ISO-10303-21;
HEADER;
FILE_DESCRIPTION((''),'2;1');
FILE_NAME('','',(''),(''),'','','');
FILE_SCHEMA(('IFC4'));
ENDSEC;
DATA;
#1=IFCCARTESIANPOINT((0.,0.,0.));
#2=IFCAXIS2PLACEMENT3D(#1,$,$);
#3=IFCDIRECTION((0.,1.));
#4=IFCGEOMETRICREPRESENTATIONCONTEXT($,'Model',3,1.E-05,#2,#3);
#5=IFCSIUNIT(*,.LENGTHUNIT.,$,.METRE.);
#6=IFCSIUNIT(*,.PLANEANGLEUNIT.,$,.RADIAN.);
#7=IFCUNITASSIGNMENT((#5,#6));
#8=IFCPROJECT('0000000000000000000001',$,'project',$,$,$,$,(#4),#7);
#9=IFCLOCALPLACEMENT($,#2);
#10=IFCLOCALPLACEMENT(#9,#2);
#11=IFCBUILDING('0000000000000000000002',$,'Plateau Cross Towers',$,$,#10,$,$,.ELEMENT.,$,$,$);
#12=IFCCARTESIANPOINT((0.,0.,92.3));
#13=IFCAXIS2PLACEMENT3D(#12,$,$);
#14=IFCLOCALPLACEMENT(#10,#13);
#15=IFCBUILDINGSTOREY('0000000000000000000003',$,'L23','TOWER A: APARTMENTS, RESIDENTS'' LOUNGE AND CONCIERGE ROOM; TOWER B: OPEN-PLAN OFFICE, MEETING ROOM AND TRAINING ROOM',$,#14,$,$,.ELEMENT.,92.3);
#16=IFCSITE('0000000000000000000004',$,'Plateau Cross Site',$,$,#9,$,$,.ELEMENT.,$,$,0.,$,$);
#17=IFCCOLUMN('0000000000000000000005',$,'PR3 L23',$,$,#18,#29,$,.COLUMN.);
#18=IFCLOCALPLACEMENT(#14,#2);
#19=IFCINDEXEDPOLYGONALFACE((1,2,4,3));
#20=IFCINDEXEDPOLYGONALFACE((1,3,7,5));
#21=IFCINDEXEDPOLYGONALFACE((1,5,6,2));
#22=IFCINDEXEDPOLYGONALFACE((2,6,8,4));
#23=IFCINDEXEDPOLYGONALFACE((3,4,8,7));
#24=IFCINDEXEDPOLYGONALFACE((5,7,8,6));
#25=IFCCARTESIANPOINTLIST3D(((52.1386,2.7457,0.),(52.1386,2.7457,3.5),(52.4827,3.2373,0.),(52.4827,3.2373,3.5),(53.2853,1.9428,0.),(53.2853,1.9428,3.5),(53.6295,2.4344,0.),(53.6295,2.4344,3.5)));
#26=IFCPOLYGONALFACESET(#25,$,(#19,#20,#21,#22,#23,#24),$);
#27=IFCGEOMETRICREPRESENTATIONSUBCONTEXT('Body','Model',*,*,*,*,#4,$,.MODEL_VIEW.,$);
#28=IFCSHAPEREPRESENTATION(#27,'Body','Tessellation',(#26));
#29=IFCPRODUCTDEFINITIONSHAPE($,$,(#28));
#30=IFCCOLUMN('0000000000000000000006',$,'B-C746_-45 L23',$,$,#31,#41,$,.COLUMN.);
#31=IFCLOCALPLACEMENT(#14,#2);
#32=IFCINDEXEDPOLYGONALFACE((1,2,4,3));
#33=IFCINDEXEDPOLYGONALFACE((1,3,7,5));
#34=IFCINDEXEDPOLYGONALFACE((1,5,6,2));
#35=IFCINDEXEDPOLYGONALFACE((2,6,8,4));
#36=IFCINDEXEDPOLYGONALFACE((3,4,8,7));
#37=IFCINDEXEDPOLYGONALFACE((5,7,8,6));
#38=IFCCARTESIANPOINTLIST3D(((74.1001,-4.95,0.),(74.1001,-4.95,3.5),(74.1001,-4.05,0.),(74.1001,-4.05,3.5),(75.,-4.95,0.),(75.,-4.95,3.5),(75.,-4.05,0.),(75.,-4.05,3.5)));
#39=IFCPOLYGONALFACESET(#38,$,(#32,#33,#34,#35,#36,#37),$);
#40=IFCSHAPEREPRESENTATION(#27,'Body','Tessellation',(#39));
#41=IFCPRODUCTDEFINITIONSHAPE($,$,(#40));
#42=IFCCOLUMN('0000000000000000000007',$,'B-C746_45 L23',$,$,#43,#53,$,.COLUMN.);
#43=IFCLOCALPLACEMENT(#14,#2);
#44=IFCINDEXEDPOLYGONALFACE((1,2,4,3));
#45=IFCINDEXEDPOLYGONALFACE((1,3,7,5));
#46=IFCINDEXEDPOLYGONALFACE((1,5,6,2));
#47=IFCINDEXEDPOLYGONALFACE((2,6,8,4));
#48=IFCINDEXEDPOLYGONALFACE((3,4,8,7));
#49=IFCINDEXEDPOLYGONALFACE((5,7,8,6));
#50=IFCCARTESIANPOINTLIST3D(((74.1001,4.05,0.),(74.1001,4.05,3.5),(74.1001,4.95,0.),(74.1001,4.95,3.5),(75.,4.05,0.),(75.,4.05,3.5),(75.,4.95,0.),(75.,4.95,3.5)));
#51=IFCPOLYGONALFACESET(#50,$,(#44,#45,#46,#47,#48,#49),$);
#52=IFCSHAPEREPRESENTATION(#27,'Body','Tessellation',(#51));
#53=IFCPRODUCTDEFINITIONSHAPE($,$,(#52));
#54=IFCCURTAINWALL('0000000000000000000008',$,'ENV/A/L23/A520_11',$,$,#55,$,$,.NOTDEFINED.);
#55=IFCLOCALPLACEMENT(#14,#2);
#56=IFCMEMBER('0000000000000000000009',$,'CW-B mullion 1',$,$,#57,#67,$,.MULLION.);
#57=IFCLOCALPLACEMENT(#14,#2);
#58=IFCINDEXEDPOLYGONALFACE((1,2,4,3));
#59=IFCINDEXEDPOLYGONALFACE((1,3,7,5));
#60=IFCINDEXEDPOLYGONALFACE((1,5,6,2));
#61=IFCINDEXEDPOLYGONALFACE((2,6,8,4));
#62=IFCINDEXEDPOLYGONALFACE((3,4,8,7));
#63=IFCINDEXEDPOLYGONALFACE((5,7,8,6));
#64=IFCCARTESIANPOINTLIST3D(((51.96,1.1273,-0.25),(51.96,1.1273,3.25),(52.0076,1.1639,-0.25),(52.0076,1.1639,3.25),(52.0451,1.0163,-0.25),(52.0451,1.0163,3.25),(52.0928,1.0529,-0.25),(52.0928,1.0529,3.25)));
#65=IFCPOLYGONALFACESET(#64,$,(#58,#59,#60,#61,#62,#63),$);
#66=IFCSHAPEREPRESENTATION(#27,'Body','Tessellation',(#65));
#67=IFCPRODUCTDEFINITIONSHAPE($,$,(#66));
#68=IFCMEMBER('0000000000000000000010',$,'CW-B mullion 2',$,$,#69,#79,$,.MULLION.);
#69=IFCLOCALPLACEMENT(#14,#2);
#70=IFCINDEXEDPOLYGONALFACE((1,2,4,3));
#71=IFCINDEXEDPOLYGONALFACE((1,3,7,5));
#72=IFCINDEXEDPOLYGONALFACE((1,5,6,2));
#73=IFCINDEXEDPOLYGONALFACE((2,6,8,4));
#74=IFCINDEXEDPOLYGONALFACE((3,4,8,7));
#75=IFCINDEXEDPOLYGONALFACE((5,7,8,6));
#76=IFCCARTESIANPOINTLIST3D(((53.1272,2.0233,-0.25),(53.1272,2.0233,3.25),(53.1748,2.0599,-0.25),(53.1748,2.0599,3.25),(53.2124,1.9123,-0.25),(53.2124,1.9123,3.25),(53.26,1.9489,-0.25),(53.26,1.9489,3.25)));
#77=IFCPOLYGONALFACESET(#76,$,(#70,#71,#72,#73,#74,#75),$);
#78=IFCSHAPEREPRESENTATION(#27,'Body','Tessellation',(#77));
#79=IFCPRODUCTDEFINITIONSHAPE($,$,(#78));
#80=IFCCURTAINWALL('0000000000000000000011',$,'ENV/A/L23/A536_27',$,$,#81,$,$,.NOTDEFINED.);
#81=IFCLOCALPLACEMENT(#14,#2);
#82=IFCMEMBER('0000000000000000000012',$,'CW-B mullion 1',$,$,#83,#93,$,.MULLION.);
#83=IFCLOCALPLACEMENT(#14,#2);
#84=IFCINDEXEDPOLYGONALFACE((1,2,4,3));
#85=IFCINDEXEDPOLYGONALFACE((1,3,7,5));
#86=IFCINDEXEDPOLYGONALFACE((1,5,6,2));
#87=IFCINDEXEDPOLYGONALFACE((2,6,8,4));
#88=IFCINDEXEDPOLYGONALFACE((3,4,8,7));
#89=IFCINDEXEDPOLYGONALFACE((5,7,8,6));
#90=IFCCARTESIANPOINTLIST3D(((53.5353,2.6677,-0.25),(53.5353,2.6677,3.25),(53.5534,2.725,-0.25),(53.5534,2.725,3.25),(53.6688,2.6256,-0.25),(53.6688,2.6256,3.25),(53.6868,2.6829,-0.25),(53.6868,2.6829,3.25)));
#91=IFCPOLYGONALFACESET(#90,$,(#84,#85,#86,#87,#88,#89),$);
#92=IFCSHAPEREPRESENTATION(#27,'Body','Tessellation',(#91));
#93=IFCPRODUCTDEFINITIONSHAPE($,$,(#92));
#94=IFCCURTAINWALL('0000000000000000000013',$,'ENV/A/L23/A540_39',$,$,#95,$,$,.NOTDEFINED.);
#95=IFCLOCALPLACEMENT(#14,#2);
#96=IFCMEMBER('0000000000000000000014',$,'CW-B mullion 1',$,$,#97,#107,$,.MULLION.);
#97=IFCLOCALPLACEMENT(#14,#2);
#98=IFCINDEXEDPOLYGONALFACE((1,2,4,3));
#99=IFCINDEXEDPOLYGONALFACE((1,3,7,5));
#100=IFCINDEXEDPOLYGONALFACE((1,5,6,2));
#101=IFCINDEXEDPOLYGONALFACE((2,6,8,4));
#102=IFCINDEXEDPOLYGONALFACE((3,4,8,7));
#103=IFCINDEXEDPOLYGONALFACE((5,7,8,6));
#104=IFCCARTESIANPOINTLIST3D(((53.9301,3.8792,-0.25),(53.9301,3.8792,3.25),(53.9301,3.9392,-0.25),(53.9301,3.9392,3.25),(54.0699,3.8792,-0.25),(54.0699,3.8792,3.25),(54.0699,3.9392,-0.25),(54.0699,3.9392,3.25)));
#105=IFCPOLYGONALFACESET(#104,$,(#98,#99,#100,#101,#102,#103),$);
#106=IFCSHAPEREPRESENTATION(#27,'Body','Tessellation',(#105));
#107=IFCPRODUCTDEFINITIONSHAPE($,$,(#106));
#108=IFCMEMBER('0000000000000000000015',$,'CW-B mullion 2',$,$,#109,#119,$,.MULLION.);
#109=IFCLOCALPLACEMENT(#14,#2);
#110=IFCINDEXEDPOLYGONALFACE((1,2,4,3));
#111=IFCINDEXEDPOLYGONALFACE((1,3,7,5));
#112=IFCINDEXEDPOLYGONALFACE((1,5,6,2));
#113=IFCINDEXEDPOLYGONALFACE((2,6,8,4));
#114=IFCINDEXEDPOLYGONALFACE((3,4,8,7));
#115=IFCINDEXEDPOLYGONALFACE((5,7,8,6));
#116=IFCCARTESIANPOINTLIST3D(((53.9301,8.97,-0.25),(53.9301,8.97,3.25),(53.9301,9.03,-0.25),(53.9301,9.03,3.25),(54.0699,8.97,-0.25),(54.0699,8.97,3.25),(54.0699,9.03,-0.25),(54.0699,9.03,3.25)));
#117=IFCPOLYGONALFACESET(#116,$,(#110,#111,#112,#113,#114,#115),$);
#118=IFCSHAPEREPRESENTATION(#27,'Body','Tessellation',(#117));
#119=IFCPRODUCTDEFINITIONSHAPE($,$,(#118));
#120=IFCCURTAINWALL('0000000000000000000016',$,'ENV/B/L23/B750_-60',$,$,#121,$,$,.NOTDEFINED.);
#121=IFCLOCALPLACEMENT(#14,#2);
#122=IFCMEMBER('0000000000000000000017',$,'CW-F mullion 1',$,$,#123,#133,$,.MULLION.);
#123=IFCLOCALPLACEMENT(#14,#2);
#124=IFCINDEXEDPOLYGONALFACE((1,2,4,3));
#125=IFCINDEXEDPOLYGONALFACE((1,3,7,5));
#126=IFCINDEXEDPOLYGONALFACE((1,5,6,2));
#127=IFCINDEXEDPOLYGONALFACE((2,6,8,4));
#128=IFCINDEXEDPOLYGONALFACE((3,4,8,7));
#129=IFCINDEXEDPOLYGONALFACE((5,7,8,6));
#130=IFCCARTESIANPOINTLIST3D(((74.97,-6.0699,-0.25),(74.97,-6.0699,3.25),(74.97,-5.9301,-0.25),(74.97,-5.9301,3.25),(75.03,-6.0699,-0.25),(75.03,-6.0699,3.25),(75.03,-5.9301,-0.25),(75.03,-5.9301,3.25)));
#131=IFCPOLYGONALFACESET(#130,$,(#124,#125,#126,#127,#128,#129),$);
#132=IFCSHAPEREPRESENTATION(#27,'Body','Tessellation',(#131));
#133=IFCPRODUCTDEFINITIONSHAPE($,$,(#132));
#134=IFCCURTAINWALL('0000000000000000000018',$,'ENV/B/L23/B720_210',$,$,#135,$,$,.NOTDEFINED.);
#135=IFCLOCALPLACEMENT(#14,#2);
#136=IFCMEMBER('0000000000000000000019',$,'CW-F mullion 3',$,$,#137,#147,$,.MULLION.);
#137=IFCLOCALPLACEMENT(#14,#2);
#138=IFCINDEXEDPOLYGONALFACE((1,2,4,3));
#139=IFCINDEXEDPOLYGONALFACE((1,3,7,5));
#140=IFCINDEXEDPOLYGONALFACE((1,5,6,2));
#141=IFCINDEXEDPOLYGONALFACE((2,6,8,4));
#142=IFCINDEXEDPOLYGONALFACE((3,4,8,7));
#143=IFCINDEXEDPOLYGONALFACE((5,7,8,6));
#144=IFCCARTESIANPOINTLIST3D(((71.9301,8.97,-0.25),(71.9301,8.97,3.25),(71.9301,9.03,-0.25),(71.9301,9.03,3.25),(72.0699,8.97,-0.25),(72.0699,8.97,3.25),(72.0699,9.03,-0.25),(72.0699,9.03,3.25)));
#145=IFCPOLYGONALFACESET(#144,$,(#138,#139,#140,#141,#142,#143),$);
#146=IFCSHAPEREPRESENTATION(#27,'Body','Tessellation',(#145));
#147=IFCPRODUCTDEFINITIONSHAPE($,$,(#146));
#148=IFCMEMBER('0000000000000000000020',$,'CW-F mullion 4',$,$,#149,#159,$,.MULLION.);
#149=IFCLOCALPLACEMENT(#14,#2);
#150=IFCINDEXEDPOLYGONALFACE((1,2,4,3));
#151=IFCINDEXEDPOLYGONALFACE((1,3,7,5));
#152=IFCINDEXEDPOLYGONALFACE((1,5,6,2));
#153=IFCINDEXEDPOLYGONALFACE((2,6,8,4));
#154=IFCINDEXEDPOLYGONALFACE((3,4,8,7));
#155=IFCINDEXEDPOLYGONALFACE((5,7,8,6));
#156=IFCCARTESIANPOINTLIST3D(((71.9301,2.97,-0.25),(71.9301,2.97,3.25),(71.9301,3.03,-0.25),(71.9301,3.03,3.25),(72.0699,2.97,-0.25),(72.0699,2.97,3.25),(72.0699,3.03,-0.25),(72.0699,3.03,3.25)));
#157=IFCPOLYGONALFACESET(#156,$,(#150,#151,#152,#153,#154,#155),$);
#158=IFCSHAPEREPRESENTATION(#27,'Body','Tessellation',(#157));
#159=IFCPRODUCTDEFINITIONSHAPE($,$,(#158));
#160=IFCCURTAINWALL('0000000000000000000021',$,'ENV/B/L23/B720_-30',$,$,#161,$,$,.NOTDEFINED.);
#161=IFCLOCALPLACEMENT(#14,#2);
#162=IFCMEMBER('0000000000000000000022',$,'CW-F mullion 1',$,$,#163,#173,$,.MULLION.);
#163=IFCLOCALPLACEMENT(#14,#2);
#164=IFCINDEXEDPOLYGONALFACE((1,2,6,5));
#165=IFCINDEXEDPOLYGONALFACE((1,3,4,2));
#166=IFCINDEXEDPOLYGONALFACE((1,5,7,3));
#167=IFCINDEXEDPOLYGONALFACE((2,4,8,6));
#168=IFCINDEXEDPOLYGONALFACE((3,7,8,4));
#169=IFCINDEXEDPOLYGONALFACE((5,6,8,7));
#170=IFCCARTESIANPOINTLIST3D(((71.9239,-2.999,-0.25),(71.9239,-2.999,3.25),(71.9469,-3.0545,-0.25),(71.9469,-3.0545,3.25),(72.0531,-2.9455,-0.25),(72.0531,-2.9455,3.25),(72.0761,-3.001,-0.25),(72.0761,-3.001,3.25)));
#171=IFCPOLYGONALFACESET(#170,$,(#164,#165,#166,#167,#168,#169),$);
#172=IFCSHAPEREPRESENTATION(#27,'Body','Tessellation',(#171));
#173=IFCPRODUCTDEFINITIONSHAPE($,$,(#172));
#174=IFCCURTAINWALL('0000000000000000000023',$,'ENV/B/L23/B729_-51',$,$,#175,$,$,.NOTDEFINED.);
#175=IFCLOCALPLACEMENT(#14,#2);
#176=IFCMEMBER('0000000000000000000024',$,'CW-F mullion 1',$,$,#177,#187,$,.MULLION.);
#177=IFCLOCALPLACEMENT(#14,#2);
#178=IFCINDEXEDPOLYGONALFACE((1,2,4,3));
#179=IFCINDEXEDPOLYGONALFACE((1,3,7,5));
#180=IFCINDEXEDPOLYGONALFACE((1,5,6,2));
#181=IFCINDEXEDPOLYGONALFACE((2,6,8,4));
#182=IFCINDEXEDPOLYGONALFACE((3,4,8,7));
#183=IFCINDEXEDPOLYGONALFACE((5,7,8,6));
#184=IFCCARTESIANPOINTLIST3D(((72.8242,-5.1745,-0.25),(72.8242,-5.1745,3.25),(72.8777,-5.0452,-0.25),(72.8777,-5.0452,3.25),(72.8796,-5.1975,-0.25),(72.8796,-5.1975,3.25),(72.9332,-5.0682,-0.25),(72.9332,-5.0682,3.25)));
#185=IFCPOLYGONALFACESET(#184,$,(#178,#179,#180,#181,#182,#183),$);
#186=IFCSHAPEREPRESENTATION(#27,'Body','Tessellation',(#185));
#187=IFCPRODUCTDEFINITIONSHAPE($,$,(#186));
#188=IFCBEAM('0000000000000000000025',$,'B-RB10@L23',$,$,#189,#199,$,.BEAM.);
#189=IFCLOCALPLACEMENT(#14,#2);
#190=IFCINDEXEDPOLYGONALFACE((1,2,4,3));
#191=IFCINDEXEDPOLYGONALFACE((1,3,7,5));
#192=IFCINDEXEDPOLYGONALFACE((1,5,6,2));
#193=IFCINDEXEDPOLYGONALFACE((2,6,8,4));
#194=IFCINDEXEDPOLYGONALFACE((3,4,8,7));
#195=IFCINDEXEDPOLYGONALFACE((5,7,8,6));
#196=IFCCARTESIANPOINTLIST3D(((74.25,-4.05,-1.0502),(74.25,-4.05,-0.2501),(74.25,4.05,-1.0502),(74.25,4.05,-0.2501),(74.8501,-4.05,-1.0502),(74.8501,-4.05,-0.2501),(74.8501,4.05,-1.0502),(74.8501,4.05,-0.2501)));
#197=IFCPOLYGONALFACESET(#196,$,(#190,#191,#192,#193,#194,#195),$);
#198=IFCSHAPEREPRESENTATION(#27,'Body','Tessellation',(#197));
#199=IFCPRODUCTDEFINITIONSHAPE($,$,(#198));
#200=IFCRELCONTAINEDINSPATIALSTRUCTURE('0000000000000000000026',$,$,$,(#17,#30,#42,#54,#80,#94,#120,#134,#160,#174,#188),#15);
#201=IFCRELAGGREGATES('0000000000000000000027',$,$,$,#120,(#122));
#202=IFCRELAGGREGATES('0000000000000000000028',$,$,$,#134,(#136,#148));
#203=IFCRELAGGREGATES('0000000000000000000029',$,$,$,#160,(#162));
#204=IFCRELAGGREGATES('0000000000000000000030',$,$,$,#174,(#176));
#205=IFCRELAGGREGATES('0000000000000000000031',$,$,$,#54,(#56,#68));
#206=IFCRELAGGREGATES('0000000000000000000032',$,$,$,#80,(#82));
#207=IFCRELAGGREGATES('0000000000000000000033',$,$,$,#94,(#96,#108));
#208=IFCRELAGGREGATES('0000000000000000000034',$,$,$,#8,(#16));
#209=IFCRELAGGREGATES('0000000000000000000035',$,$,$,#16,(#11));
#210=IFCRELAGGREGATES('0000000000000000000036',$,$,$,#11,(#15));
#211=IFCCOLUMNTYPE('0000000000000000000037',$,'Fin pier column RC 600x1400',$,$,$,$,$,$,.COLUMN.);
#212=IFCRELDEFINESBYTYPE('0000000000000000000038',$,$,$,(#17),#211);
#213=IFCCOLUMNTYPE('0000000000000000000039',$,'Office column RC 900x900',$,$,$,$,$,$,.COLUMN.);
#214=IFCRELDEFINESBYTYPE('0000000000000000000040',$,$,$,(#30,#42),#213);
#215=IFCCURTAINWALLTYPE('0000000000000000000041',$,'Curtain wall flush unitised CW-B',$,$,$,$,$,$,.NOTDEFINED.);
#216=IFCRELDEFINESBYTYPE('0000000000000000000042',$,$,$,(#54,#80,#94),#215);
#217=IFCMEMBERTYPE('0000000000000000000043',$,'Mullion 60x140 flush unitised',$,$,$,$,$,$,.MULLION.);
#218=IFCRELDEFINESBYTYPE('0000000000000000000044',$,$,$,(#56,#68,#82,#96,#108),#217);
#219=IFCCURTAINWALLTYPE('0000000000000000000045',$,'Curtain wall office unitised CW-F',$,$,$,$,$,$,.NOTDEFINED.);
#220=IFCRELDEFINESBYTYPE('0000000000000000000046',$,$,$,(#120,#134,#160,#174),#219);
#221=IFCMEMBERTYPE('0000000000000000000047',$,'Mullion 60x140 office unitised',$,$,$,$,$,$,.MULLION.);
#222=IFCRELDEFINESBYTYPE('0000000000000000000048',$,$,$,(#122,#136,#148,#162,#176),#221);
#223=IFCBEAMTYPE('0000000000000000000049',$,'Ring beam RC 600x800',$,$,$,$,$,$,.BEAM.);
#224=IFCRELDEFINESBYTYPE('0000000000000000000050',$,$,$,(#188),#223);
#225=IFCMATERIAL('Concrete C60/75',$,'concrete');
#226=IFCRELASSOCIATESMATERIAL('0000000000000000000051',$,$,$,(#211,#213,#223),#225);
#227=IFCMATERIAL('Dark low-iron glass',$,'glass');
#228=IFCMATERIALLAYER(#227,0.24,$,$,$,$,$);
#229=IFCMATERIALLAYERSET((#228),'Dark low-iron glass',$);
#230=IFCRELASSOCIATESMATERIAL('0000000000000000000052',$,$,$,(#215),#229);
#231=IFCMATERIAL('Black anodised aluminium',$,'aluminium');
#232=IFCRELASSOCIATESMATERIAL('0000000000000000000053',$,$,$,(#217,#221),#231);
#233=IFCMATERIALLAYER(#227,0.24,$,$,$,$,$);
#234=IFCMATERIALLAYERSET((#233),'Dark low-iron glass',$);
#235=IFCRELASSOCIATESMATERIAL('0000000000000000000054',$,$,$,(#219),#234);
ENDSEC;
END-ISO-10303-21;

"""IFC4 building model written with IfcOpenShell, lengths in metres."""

from ifc_helpers import new_model, si_unit, direction, frame, origin, origin_2d, place, context, subcontext, project, spatial, rectangle, extrude, material, layer, layer_set, material_profile, profile_set, type_object, element, aggregate, save


model = new_model("IFC4")

# Units and contexts
model_context = context("Model", 3, precision=1e-05, world=origin(), true_north=direction((0.0, 1.0)))
body_context = subcontext(model_context, "Body", "Model", "MODEL_VIEW")
ifc_project = project(units=[si_unit("LENGTHUNIT", "METRE"), si_unit("PLANEANGLEUNIT", "RADIAN")], contexts=[model_context])

# Site, building, storey
site_placement = place(None, origin())
site = spatial("IfcSite", under=ifc_project, at=site_placement, Name="Plateau Cross Site", CompositionType="ELEMENT", RefElevation=0.0)
building_placement = place(site_placement, origin())
building = spatial("IfcBuilding", under=site, at=building_placement, Name="Plateau Cross Towers", CompositionType="ELEMENT")
storey_placement = place(building_placement, frame((0.0, 0.0, 92.3)))
storey = spatial("IfcBuildingStorey", under=building, at=storey_placement, Name="L23", Description="TOWER A: APARTMENTS, RESIDENTS' LOUNGE AND CONCIERGE ROOM; TOWER B: OPEN-PLAN OFFICE, MEETING ROOM AND TRAINING ROOM", CompositionType="ELEMENT", Elevation=92.3)

# Columns
ifc_material_1 = material(Name="Concrete C60/75", Category="concrete")
ifc_material_profile_1 = material_profile(ifc_material_1, rectangle(XDim=0.6001, YDim=1.3999, at=origin_2d()), Name="RC 600x1400")
ifc_profile_set_1 = profile_set([ifc_material_profile_1], Name="Concrete C60/75")
column_type_1 = type_object("IfcColumnType", Name="Fin pier column RC 600x1400", PredefinedType="COLUMN", material=ifc_profile_set_1)
column_placement = place(storey_placement, frame((52.884, 2.5901, 0.0), z_axis=(0.0, 0.0, 1.0), x_axis=(0.573543, 0.819176, 0.0)))
element("IfcColumn", 1, at=column_placement, inside=storey, type_object=column_type_1, Name="PR3 L23", PredefinedType="COLUMN", context=body_context, shape_type="SweptSolid", body=[
    extrude(rectangle(XDim=0.6001, YDim=1.3999, at=origin_2d()), origin(), (0.0, 0.0, 1.0), 3.5),
])
ifc_material_profile_2 = material_profile(ifc_material_1, rectangle(XDim=0.8999, YDim=0.8999, at=origin_2d()), Name="RC 900x900")
ifc_profile_set_2 = profile_set([ifc_material_profile_2], Name="Concrete C60/75")
column_type_2 = type_object("IfcColumnType", Name="Office column RC 900x900", PredefinedType="COLUMN", material=ifc_profile_set_2)
for number, where, z_axis, x_axis, name in (
    (2, (74.55, -4.5, 0.0), (0.0, 0.0, 1.0), (1.0, 0.0, 0.0), "B-C746_-45 L23"),
    (3, (74.55, 4.5, 0.0), (0.0, 0.0, 1.0), (1.0, 0.0, 0.0), "B-C746_45 L23"),
):
    element("IfcColumn", number, at=place(storey_placement, frame(where, z_axis=z_axis, x_axis=x_axis)), inside=storey, type_object=column_type_2, Name=name, PredefinedType="COLUMN", context=body_context, shape_type="SweptSolid", body=[
        extrude(rectangle(XDim=0.8999, YDim=0.8999, at=origin_2d()), origin(), (0.0, 0.0, 1.0), 3.5),
    ])

# Curtain wall, members
ifc_material_2 = material(Name="Dark low-iron glass", Category="glass")
ifc_layer_1 = layer(ifc_material_2, 0.24)
ifc_layer_set_1 = layer_set([ifc_layer_1], Name="Dark low-iron glass")
curtain_wall_type_1 = type_object("IfcCurtainWallType", Name="Curtain wall flush unitised CW-B", PredefinedType="NOTDEFINED", material=ifc_layer_set_1)
curtain_wall_1_placement = place(storey_placement, origin())
curtain_wall_1 = element("IfcCurtainWall", 4, at=curtain_wall_1_placement, inside=storey, type_object=curtain_wall_type_1, Name="ENV/A/L23/A520_11", PredefinedType="NOTDEFINED")
ifc_material_3 = material(Name="Black anodised aluminium", Category="aluminium")
ifc_material_profile_3 = material_profile(ifc_material_3, rectangle(XDim=0.0601, YDim=0.1399, at=origin_2d()), Name="MULLION 60x140")
ifc_profile_set_3 = profile_set([ifc_material_profile_3], Name="Black anodised aluminium")
member_type_1 = type_object("IfcMemberType", Name="Mullion 60x140 flush unitised", PredefinedType="MULLION", material=ifc_profile_set_3)
member_1_placement = place(storey_placement, frame((52.0264, 1.0901, -0.25), z_axis=(0.0, 0.0, 1.0), x_axis=(0.793316, 0.608811, 0.0)))
member_1 = element("IfcMember", 5, at=member_1_placement, type_object=member_type_1, Name="CW-B mullion 1", PredefinedType="MULLION", context=body_context, shape_type="SweptSolid", body=[
    extrude(rectangle(XDim=0.0601, YDim=0.1399, at=origin_2d()), origin(), (0.0, 0.0, 1.0), 3.5),
])
member_2_placement = place(storey_placement, frame((53.1936, 1.9861, -0.25), z_axis=(0.0, 0.0, 1.0), x_axis=(0.793316, 0.608811, 0.0)))
member_2 = element("IfcMember", 6, at=member_2_placement, type_object=member_type_1, Name="CW-B mullion 2", PredefinedType="MULLION", context=body_context, shape_type="SweptSolid", body=[
    extrude(rectangle(XDim=0.0601, YDim=0.1399, at=origin_2d()), origin(), (0.0, 0.0, 1.0), 3.5),
])

# Curtain wall, member
curtain_wall_2_placement = place(storey_placement, origin())
curtain_wall_2 = element("IfcCurtainWall", 7, at=curtain_wall_2_placement, inside=storey, type_object=curtain_wall_type_1, Name="ENV/A/L23/A536_27", PredefinedType="NOTDEFINED")
member_3_placement = place(storey_placement, frame((53.6111, 2.6753, -0.25), z_axis=(0.0, 0.0, 1.0), x_axis=(0.300686, 0.953723, 0.0)))
member_3 = element("IfcMember", 8, at=member_3_placement, type_object=member_type_1, Name="CW-B mullion 1", PredefinedType="MULLION", context=body_context, shape_type="SweptSolid", body=[
    extrude(rectangle(XDim=0.0601, YDim=0.1399, at=origin_2d()), origin(), (0.0, 0.0, 1.0), 3.5),
])

# Curtain wall, members
curtain_wall_3_placement = place(storey_placement, origin())
curtain_wall_3 = element("IfcCurtainWall", 9, at=curtain_wall_3_placement, inside=storey, type_object=curtain_wall_type_1, Name="ENV/A/L23/A540_39", PredefinedType="NOTDEFINED")
member_4_placement = place(storey_placement, frame((54.0, 3.9092, -0.25), z_axis=(0.0, 0.0, 1.0), x_axis=(0.0, 1.0, 0.0)))
member_4 = element("IfcMember", 10, at=member_4_placement, type_object=member_type_1, Name="CW-B mullion 1", PredefinedType="MULLION", context=body_context, shape_type="SweptSolid", body=[
    extrude(rectangle(XDim=0.0601, YDim=0.1399, at=origin_2d()), origin(), (0.0, 0.0, 1.0), 3.5),
])
member_5_placement = place(storey_placement, frame((54.0, 9.0, -0.25), z_axis=(0.0, 0.0, 1.0), x_axis=(0.0, 1.0, 0.0)))
member_5 = element("IfcMember", 11, at=member_5_placement, type_object=member_type_1, Name="CW-B mullion 2", PredefinedType="MULLION", context=body_context, shape_type="SweptSolid", body=[
    extrude(rectangle(XDim=0.0601, YDim=0.1399, at=origin_2d()), origin(), (0.0, 0.0, 1.0), 3.5),
])

# Curtain wall, member
ifc_layer_2 = layer(ifc_material_2, 0.24)
ifc_layer_set_2 = layer_set([ifc_layer_2], Name="Dark low-iron glass")
curtain_wall_type_2 = type_object("IfcCurtainWallType", Name="Curtain wall office unitised CW-F", PredefinedType="NOTDEFINED", material=ifc_layer_set_2)
curtain_wall_4_placement = place(storey_placement, origin())
curtain_wall_4 = element("IfcCurtainWall", 12, at=curtain_wall_4_placement, inside=storey, type_object=curtain_wall_type_2, Name="ENV/B/L23/B750_-60", PredefinedType="NOTDEFINED")
ifc_material_profile_4 = material_profile(ifc_material_3, rectangle(XDim=0.0601, YDim=0.1399, at=origin_2d()), Name="MULLION 60x140")
ifc_profile_set_4 = profile_set([ifc_material_profile_4], Name="Black anodised aluminium")
member_type_2 = type_object("IfcMemberType", Name="Mullion 60x140 office unitised", PredefinedType="MULLION", material=ifc_profile_set_4)
member_6_placement = place(storey_placement, frame((75.0, -6.0, -0.25), z_axis=(0.0, 0.0, 1.0), x_axis=(1.0, 0.0, 0.0)))
member_6 = element("IfcMember", 13, at=member_6_placement, type_object=member_type_2, Name="CW-F mullion 1", PredefinedType="MULLION", context=body_context, shape_type="SweptSolid", body=[
    extrude(rectangle(XDim=0.0601, YDim=0.1399, at=origin_2d()), origin(), (0.0, 0.0, 1.0), 3.5),
])

# Curtain wall, members
curtain_wall_5_placement = place(storey_placement, origin())
curtain_wall_5 = element("IfcCurtainWall", 14, at=curtain_wall_5_placement, inside=storey, type_object=curtain_wall_type_2, Name="ENV/B/L23/B720_210", PredefinedType="NOTDEFINED")
member_7_placement = place(storey_placement, frame((72.0, 9.0, -0.25), z_axis=(0.0, 0.0, 1.0), x_axis=(0.0, -1.0, 0.0)))
member_7 = element("IfcMember", 15, at=member_7_placement, type_object=member_type_2, Name="CW-F mullion 3", PredefinedType="MULLION", context=body_context, shape_type="SweptSolid", body=[
    extrude(rectangle(XDim=0.0601, YDim=0.1399, at=origin_2d()), origin(), (0.0, 0.0, 1.0), 3.5),
])
member_8_placement = place(storey_placement, frame((72.0, 3.0, -0.25), z_axis=(0.0, 0.0, 1.0), x_axis=(0.0, -1.0, 0.0)))
member_8 = element("IfcMember", 16, at=member_8_placement, type_object=member_type_2, Name="CW-F mullion 4", PredefinedType="MULLION", context=body_context, shape_type="SweptSolid", body=[
    extrude(rectangle(XDim=0.0601, YDim=0.1399, at=origin_2d()), origin(), (0.0, 0.0, 1.0), 3.5),
])

# Curtain walls, members
curtain_wall_6_placement = place(storey_placement, origin())
curtain_wall_6 = element("IfcCurtainWall", 17, at=curtain_wall_6_placement, inside=storey, type_object=curtain_wall_type_2, Name="ENV/B/L23/B720_-30", PredefinedType="NOTDEFINED")
member_9_placement = place(storey_placement, frame((72.0, -3.0, -0.25), z_axis=(0.0, 0.0, 1.0), x_axis=(0.382684, -0.923879, 0.0)))
member_9 = element("IfcMember", 18, at=member_9_placement, type_object=member_type_2, Name="CW-F mullion 1", PredefinedType="MULLION", context=body_context, shape_type="SweptSolid", body=[
    extrude(rectangle(XDim=0.0601, YDim=0.1399, at=origin_2d()), origin(), (0.0, 0.0, 1.0), 3.5),
])
curtain_wall_7_placement = place(storey_placement, origin())
curtain_wall_7 = element("IfcCurtainWall", 19, at=curtain_wall_7_placement, inside=storey, type_object=curtain_wall_type_2, Name="ENV/B/L23/B729_-51", PredefinedType="NOTDEFINED")
member_10_placement = place(storey_placement, frame((72.8787, -5.1213, -0.25), z_axis=(0.0, 0.0, 1.0), x_axis=(0.923879, -0.382684, 0.0)))
member_10 = element("IfcMember", 20, at=member_10_placement, type_object=member_type_2, Name="CW-F mullion 1", PredefinedType="MULLION", context=body_context, shape_type="SweptSolid", body=[
    extrude(rectangle(XDim=0.0601, YDim=0.1399, at=origin_2d()), origin(), (0.0, 0.0, 1.0), 3.5),
])

# Beam
ifc_material_profile_5 = material_profile(ifc_material_1, rectangle(XDim=0.6001, YDim=0.8, at=origin_2d()), Name="RC 600x800")
ifc_profile_set_5 = profile_set([ifc_material_profile_5], Name="Concrete C60/75")
beam_type = type_object("IfcBeamType", Name="Ring beam RC 600x800", PredefinedType="BEAM", material=ifc_profile_set_5)
beam_placement = place(storey_placement, frame((74.55, 4.05, -0.6501), z_axis=(0.0, -1.0, 0.0), x_axis=(1.0, 0.0, 0.0)))
element("IfcBeam", 21, at=beam_placement, inside=storey, type_object=beam_type, Name="B-RB10@L23", PredefinedType="BEAM", context=body_context, shape_type="SweptSolid", body=[
    extrude(rectangle(XDim=0.6001, YDim=0.8, at=origin_2d()), origin(), (0.0, 0.0, 1.0), 8.1001),
])

aggregate(curtain_wall_4, [member_6])

aggregate(curtain_wall_5, [member_7, member_8])
aggregate(curtain_wall_6, [member_9])
aggregate(curtain_wall_7, [member_10])

aggregate(curtain_wall_1, [member_1, member_2])
aggregate(curtain_wall_2, [member_3])
aggregate(curtain_wall_3, [member_4, member_5])

save(model, "model.ifc")
